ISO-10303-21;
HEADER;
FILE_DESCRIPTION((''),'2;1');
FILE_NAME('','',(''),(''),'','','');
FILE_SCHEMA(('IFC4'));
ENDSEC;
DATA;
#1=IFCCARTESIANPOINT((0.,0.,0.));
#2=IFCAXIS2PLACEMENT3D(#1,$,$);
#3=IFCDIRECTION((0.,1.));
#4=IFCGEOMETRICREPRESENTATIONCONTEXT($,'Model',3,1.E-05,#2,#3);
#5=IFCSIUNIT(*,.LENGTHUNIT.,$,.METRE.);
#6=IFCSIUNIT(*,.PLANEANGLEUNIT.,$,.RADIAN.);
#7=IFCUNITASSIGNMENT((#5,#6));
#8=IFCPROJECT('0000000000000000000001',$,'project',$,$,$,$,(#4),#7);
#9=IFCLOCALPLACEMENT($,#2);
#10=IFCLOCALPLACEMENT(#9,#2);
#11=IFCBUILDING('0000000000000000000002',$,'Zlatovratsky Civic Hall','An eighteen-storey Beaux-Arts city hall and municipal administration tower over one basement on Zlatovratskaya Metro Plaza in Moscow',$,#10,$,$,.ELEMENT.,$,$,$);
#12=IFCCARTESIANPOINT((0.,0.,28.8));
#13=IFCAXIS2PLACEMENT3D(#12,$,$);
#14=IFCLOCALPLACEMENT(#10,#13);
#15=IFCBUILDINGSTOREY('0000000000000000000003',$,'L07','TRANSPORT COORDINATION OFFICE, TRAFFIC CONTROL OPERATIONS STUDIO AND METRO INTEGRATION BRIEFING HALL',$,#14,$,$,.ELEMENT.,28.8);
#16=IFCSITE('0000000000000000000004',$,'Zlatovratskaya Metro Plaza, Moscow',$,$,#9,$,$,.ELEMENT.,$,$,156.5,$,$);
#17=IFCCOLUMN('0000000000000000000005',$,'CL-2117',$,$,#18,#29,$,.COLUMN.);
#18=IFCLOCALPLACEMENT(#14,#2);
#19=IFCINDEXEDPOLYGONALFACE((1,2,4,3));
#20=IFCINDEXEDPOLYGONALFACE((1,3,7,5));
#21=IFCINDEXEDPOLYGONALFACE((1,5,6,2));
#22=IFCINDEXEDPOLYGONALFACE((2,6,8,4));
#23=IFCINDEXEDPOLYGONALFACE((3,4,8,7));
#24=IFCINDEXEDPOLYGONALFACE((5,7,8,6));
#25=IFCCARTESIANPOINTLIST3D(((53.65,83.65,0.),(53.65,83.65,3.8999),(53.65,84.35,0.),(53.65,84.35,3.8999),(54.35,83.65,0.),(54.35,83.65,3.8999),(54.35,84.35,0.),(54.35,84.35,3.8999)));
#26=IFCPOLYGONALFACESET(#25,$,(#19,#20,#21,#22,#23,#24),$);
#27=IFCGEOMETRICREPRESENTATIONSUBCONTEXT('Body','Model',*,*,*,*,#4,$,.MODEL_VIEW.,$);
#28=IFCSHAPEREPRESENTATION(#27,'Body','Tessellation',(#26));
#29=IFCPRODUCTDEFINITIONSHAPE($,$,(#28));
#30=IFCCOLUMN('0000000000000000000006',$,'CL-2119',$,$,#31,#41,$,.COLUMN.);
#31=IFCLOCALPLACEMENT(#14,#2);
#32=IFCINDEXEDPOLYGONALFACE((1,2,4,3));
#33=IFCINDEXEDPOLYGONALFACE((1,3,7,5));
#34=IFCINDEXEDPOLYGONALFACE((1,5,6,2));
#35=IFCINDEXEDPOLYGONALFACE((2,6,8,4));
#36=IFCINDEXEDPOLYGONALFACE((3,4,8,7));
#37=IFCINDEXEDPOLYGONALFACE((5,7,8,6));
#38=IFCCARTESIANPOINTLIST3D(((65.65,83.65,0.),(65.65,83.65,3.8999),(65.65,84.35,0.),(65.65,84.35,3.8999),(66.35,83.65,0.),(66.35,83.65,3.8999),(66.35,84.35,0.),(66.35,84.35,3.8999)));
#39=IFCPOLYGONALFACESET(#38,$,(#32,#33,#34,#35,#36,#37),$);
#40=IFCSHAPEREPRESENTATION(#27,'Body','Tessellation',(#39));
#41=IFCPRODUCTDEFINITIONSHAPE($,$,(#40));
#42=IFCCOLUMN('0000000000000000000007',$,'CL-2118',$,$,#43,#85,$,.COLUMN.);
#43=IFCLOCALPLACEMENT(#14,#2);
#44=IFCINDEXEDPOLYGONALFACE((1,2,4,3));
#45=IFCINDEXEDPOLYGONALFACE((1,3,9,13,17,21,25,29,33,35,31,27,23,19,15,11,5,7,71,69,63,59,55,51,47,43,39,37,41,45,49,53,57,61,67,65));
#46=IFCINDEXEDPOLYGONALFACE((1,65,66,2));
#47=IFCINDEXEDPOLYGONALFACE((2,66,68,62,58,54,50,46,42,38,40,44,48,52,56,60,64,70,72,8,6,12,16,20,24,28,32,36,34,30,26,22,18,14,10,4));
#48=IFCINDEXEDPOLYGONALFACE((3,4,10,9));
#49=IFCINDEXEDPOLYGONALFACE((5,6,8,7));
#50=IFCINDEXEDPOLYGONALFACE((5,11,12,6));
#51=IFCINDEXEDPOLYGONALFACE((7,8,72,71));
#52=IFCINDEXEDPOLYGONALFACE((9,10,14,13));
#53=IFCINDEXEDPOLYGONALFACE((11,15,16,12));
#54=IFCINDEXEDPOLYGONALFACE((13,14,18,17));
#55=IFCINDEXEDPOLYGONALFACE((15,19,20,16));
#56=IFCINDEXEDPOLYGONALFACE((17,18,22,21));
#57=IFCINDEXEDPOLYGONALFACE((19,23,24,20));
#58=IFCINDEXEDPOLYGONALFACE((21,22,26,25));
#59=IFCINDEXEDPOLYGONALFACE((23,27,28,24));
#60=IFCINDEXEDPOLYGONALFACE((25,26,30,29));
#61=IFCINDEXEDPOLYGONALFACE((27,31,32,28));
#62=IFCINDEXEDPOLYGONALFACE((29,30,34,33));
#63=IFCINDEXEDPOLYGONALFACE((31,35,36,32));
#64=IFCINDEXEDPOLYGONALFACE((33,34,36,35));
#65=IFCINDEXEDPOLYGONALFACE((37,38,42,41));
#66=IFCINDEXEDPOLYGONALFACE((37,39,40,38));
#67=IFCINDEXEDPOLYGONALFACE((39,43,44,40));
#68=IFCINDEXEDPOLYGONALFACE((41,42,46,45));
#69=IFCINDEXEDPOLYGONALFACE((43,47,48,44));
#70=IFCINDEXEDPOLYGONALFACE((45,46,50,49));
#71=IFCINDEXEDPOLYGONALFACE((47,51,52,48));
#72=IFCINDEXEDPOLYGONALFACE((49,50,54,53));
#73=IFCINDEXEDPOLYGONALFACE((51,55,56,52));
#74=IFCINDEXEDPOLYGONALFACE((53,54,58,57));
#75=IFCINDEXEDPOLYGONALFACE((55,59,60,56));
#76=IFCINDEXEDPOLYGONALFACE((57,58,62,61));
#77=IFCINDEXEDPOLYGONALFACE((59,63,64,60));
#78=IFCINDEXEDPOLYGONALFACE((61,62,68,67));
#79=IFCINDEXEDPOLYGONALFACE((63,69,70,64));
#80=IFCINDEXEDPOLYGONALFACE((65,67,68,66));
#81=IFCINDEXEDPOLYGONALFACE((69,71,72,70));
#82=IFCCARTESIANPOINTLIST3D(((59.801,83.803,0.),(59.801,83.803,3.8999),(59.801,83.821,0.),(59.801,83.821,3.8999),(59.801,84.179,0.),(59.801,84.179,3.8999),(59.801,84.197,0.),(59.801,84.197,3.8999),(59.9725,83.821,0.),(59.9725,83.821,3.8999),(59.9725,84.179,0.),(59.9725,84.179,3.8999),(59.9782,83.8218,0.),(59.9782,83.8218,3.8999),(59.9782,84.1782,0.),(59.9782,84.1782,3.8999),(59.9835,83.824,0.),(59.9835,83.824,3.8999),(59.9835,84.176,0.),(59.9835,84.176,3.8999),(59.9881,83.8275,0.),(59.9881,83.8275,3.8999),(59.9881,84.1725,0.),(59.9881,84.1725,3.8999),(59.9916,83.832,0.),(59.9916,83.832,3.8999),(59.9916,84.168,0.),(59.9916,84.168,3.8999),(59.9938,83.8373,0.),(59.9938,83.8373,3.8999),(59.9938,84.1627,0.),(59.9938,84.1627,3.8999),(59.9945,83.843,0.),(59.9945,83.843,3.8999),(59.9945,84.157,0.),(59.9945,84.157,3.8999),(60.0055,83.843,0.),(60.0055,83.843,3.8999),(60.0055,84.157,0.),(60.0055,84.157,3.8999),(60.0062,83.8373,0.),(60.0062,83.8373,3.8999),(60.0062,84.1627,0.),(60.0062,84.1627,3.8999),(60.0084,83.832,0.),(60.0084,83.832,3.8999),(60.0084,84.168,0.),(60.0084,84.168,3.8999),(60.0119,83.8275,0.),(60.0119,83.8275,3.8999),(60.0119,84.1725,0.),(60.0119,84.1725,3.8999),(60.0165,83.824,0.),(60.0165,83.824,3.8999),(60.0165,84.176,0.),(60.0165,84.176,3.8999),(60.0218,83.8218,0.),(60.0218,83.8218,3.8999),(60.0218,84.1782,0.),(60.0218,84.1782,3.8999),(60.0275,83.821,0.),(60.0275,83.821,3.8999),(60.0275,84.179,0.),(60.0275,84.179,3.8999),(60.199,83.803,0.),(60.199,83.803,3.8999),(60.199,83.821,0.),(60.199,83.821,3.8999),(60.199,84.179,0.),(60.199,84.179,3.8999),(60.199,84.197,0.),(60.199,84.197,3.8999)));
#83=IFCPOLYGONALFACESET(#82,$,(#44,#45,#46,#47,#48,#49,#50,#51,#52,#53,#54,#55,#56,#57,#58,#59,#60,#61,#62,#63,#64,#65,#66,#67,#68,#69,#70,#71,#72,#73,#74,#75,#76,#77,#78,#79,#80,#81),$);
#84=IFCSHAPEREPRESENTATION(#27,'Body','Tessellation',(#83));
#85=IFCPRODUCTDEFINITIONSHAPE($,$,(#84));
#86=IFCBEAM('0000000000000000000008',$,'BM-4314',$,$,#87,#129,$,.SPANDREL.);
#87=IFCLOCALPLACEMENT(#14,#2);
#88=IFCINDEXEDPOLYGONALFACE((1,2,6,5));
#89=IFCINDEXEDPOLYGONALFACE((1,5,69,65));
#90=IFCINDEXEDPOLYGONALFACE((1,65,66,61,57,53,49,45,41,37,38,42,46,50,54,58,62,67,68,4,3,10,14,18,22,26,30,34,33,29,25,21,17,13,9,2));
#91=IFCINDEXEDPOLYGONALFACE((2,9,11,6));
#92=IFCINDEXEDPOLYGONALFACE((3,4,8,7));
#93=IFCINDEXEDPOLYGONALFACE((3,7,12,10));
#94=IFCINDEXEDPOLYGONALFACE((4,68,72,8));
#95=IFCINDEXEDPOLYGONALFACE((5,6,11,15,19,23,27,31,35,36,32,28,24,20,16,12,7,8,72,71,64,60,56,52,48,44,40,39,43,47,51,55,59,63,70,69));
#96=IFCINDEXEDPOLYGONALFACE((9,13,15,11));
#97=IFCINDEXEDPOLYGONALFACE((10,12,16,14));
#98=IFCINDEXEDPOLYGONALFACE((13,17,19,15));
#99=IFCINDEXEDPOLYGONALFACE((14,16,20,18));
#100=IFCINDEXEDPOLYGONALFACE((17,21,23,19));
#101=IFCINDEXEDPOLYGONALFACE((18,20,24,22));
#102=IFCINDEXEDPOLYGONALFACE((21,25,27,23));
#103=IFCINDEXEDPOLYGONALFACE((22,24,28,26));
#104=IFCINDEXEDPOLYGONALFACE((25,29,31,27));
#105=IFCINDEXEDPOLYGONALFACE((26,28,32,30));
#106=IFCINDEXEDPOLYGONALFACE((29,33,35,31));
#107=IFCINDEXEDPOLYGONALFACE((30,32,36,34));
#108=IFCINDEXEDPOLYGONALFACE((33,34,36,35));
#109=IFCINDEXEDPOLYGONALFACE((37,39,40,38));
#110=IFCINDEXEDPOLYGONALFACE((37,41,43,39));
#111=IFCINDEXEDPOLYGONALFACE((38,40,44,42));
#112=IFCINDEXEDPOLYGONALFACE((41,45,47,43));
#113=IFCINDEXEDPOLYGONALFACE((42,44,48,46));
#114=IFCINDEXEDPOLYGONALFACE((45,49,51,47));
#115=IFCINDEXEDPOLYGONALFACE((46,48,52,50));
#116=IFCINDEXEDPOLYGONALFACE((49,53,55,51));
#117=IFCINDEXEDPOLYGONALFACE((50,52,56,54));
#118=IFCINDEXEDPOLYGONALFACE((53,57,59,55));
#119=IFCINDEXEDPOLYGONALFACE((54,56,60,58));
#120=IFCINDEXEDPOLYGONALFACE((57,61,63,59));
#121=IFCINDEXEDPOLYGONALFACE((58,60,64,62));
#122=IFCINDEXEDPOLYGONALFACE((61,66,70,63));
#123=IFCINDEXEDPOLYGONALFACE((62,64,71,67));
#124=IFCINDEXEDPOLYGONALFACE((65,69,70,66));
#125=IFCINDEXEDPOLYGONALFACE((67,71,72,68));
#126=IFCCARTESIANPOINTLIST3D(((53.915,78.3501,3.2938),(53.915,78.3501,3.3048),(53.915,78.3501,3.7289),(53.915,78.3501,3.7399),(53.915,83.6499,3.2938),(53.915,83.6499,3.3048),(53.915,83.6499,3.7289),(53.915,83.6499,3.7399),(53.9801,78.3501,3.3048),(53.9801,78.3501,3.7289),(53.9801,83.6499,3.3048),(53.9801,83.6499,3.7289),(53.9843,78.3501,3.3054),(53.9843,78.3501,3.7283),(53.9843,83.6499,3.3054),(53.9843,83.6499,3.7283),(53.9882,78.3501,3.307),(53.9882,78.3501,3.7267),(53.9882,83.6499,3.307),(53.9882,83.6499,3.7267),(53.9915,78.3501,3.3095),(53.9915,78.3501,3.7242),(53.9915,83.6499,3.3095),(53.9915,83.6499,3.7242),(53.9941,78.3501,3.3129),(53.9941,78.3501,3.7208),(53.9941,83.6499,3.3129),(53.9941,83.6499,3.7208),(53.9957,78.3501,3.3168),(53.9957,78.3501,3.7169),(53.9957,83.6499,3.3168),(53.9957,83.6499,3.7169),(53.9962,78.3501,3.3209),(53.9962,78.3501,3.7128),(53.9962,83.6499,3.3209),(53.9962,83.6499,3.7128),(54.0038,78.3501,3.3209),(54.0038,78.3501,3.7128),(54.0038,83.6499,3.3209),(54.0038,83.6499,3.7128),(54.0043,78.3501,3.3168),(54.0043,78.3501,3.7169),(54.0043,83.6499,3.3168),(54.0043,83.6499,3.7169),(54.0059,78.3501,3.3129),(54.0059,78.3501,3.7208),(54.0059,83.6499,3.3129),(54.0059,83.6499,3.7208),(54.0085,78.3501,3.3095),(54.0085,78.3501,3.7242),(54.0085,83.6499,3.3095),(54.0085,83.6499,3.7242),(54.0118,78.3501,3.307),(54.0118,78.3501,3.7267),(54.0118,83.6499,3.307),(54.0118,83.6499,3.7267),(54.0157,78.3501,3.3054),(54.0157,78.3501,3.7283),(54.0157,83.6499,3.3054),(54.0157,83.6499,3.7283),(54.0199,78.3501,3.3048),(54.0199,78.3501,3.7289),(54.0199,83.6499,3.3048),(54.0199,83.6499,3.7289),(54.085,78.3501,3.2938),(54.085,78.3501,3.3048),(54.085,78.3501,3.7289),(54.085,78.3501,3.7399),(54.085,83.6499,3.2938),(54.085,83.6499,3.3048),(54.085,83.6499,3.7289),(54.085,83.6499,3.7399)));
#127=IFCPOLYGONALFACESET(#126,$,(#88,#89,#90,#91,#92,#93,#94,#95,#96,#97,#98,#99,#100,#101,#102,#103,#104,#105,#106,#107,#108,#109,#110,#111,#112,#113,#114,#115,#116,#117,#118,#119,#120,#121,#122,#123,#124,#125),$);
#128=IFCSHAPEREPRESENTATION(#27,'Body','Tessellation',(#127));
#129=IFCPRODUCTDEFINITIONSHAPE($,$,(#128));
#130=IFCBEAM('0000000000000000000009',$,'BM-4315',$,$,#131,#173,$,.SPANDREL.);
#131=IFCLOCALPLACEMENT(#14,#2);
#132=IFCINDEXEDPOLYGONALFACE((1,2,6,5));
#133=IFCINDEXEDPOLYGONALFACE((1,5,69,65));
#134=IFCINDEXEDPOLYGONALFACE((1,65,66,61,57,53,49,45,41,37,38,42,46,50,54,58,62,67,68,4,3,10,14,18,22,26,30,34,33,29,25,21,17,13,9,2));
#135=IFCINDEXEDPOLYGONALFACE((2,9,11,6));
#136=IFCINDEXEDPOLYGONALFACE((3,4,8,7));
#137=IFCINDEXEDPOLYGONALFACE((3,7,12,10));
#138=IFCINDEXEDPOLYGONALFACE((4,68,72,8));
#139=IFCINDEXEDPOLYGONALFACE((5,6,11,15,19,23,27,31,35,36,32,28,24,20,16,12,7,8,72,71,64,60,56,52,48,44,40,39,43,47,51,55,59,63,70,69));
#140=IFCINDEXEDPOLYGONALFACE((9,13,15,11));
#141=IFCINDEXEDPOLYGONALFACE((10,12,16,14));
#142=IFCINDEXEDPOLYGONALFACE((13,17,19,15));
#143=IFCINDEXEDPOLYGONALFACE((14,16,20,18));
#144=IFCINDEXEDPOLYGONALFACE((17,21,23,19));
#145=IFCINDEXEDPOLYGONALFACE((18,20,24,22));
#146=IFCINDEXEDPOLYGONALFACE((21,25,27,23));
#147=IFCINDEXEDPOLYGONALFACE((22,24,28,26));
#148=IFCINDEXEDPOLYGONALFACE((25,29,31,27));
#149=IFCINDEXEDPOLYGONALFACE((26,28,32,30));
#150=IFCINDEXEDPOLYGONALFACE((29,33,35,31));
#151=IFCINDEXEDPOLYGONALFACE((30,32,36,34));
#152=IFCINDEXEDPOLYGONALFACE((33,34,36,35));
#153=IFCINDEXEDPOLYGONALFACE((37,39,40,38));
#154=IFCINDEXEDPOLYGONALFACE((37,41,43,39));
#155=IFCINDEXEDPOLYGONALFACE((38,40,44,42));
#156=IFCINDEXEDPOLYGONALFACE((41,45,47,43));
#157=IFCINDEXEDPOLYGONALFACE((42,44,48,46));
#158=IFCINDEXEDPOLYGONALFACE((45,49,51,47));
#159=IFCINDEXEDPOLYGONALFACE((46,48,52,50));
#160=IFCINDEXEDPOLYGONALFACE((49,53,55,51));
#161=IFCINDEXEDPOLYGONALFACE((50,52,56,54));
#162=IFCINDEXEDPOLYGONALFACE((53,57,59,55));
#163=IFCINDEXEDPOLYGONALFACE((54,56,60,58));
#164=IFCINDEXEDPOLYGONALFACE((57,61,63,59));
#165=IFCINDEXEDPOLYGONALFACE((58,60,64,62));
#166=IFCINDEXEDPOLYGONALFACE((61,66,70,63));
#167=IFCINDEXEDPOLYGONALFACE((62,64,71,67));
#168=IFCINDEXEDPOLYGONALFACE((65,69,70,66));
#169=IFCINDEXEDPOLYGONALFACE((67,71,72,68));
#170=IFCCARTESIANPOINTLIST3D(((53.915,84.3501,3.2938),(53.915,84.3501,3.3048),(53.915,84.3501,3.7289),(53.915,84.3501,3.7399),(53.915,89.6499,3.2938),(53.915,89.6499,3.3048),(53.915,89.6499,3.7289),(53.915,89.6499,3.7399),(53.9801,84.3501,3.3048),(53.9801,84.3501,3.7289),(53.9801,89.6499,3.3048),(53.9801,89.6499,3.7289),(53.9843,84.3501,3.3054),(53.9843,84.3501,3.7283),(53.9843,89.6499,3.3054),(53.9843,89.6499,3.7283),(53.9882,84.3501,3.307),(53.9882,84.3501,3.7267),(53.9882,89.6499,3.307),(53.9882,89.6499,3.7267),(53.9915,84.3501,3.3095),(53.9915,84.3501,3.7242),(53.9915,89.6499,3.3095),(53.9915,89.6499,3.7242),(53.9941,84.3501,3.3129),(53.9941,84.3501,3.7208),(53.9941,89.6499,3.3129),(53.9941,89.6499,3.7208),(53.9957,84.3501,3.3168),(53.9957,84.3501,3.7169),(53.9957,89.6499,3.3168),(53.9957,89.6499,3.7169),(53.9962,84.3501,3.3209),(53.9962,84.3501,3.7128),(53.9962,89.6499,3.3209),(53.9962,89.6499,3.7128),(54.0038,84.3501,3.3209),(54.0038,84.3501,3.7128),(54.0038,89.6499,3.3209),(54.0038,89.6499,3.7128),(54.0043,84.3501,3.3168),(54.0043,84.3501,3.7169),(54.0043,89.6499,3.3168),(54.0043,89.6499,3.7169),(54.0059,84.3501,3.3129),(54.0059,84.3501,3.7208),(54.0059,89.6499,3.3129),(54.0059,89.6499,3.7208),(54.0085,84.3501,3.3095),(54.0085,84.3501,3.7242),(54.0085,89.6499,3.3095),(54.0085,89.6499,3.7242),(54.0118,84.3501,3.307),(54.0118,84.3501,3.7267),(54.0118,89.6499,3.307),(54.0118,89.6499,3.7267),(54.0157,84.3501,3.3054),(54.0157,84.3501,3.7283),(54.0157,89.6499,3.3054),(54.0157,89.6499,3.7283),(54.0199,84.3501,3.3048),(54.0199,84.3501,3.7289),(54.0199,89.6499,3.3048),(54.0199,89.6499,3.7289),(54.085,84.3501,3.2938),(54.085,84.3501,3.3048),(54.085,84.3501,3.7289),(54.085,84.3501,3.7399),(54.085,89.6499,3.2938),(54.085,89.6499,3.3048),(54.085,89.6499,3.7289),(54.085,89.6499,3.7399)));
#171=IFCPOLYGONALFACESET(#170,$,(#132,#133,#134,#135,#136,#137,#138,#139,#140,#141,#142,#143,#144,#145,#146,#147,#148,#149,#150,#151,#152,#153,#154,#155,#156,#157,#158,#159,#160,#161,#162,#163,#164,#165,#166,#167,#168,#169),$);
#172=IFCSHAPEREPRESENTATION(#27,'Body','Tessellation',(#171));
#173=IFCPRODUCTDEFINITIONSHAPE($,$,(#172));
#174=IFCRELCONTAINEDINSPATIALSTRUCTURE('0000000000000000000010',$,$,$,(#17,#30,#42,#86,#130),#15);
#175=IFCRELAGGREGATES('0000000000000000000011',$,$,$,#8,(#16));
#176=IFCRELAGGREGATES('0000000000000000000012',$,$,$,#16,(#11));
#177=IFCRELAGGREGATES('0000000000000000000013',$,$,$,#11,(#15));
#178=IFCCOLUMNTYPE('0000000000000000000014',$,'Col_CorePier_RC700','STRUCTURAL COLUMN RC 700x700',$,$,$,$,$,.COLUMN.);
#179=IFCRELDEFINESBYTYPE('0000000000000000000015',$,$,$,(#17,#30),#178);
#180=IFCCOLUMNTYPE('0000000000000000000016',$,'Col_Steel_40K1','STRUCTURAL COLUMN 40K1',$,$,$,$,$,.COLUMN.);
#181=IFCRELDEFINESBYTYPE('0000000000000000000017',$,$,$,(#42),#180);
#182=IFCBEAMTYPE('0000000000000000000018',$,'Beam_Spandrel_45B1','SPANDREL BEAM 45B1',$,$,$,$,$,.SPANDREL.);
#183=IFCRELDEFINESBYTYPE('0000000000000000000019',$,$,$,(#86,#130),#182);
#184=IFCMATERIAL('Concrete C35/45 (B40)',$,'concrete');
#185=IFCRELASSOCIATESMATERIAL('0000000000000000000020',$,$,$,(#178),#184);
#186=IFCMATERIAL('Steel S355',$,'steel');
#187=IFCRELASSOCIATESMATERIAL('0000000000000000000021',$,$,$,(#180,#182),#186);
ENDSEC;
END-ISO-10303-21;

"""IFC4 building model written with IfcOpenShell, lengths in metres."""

from ifc_helpers import new_model, si_unit, direction, frame, origin, origin_2d, place, context, subcontext, project, spatial, rectangle, i_section, extrude, material, material_profile, profile_set, type_object, element, save


model = new_model("IFC4")

# Units and contexts
model_context = context("Model", 3, precision=1e-05, world=origin(), true_north=direction((0.0, 1.0)))
body_context = subcontext(model_context, "Body", "Model", "MODEL_VIEW")
ifc_project = project(units=[si_unit("LENGTHUNIT", "METRE"), si_unit("PLANEANGLEUNIT", "RADIAN")], contexts=[model_context])

# Site, building, storey
site_placement = place(None, origin())
site = spatial("IfcSite", under=ifc_project, at=site_placement, Name="Zlatovratskaya Metro Plaza, Moscow", CompositionType="ELEMENT", RefElevation=156.5)
building_placement = place(site_placement, origin())
building = spatial("IfcBuilding", under=site, at=building_placement, Name="Zlatovratsky Civic Hall", Description="An eighteen-storey Beaux-Arts city hall and municipal administration tower over one basement on Zlatovratskaya Metro Plaza in Moscow", CompositionType="ELEMENT")
storey_placement = place(building_placement, frame((0.0, 0.0, 28.8)))
storey = spatial("IfcBuildingStorey", under=building, at=storey_placement, Name="L07", Description="TRANSPORT COORDINATION OFFICE, TRAFFIC CONTROL OPERATIONS STUDIO AND METRO INTEGRATION BRIEFING HALL", CompositionType="ELEMENT", Elevation=28.8)

# Columns
ifc_material_1 = material(Name="Concrete C35/45 (B40)", Category="concrete")
ifc_material_profile_1 = material_profile(ifc_material_1, rectangle(XDim=0.7, YDim=0.7, at=origin_2d()), Name="RC 700x700")
ifc_profile_set_1 = profile_set([ifc_material_profile_1], Name="Concrete C35/45 (B40)")
column_type_1 = type_object("IfcColumnType", Name="Col_CorePier_RC700", Description="STRUCTURAL COLUMN RC 700x700", PredefinedType="COLUMN", material=ifc_profile_set_1)
for number, where, z_axis, x_axis, name in (
    (1, (54.0, 84.0, 0.0), (0.0, 0.0, 1.0), (1.0, 0.0, 0.0), "CL-2117"),
    (2, (66.0, 84.0, 0.0), (0.0, 0.0, 1.0), (1.0, 0.0, 0.0), "CL-2119"),
):
    element("IfcColumn", number, at=place(storey_placement, frame(where, z_axis=z_axis, x_axis=x_axis)), inside=storey, type_object=column_type_1, Name=name, PredefinedType="COLUMN", context=body_context, shape_type="SweptSolid", body=[
        extrude(rectangle(XDim=0.7, YDim=0.7, at=origin_2d()), origin(), (0.0, 0.0, 1.0), 3.8999),
    ])
ifc_material_2 = material(Name="Steel S355", Category="steel")
ifc_material_profile_2 = material_profile(ifc_material_2, i_section(OverallWidth=0.3979, OverallDepth=0.394, WebThickness=0.011, FlangeThickness=0.0181, FilletRadius=0.022, at=origin_2d()), Name="40K1")
ifc_profile_set_2 = profile_set([ifc_material_profile_2], Name="Steel S355")
column_type_2 = type_object("IfcColumnType", Name="Col_Steel_40K1", Description="STRUCTURAL COLUMN 40K1", PredefinedType="COLUMN", material=ifc_profile_set_2)
column_placement = place(storey_placement, frame((60.0, 84.0, 0.0), z_axis=(0.0, 0.0, 1.0), x_axis=(1.0, 0.0, 0.0)))
element("IfcColumn", 3, at=column_placement, inside=storey, type_object=column_type_2, Name="CL-2118", PredefinedType="COLUMN", context=body_context, shape_type="SweptSolid", body=[
    extrude(i_section(OverallWidth=0.3979, OverallDepth=0.394, WebThickness=0.011, FlangeThickness=0.0181, FilletRadius=0.022, at=origin_2d()), origin(), (0.0, 0.0, 1.0), 3.8999),
])

# Beams
ifc_material_profile_3 = material_profile(ifc_material_2, i_section(OverallWidth=0.1699, OverallDepth=0.446, WebThickness=0.0076, FlangeThickness=0.011, FilletRadius=0.0161, at=origin_2d()), Name="45B1")
ifc_profile_set_3 = profile_set([ifc_material_profile_3], Name="Steel S355")
beam_type_1 = type_object("IfcBeamType", Name="Beam_Spandrel_45B1", Description="SPANDREL BEAM 45B1", PredefinedType="SPANDREL", material=ifc_profile_set_3)
for number, where, z_axis, x_axis, name in (
    (4, (54.0, 78.3501, 3.5168), (0.0, 1.0, 0.0), (-1.0, 0.0, 0.0), "BM-4314"),
    (5, (54.0, 84.3501, 3.5168), (0.0, 1.0, 0.0), (-1.0, 0.0, 0.0), "BM-4315"),
):
    element("IfcBeam", number, at=place(storey_placement, frame(where, z_axis=z_axis, x_axis=x_axis)), inside=storey, type_object=beam_type_1, Name=name, PredefinedType="SPANDREL", context=body_context, shape_type="SweptSolid", body=[
        extrude(i_section(OverallWidth=0.1699, OverallDepth=0.446, WebThickness=0.0076, FlangeThickness=0.011, FilletRadius=0.0161, at=origin_2d()), origin(), (0.0, 0.0, 1.0), 5.2998),
    ])

save(model, "model.ifc")
